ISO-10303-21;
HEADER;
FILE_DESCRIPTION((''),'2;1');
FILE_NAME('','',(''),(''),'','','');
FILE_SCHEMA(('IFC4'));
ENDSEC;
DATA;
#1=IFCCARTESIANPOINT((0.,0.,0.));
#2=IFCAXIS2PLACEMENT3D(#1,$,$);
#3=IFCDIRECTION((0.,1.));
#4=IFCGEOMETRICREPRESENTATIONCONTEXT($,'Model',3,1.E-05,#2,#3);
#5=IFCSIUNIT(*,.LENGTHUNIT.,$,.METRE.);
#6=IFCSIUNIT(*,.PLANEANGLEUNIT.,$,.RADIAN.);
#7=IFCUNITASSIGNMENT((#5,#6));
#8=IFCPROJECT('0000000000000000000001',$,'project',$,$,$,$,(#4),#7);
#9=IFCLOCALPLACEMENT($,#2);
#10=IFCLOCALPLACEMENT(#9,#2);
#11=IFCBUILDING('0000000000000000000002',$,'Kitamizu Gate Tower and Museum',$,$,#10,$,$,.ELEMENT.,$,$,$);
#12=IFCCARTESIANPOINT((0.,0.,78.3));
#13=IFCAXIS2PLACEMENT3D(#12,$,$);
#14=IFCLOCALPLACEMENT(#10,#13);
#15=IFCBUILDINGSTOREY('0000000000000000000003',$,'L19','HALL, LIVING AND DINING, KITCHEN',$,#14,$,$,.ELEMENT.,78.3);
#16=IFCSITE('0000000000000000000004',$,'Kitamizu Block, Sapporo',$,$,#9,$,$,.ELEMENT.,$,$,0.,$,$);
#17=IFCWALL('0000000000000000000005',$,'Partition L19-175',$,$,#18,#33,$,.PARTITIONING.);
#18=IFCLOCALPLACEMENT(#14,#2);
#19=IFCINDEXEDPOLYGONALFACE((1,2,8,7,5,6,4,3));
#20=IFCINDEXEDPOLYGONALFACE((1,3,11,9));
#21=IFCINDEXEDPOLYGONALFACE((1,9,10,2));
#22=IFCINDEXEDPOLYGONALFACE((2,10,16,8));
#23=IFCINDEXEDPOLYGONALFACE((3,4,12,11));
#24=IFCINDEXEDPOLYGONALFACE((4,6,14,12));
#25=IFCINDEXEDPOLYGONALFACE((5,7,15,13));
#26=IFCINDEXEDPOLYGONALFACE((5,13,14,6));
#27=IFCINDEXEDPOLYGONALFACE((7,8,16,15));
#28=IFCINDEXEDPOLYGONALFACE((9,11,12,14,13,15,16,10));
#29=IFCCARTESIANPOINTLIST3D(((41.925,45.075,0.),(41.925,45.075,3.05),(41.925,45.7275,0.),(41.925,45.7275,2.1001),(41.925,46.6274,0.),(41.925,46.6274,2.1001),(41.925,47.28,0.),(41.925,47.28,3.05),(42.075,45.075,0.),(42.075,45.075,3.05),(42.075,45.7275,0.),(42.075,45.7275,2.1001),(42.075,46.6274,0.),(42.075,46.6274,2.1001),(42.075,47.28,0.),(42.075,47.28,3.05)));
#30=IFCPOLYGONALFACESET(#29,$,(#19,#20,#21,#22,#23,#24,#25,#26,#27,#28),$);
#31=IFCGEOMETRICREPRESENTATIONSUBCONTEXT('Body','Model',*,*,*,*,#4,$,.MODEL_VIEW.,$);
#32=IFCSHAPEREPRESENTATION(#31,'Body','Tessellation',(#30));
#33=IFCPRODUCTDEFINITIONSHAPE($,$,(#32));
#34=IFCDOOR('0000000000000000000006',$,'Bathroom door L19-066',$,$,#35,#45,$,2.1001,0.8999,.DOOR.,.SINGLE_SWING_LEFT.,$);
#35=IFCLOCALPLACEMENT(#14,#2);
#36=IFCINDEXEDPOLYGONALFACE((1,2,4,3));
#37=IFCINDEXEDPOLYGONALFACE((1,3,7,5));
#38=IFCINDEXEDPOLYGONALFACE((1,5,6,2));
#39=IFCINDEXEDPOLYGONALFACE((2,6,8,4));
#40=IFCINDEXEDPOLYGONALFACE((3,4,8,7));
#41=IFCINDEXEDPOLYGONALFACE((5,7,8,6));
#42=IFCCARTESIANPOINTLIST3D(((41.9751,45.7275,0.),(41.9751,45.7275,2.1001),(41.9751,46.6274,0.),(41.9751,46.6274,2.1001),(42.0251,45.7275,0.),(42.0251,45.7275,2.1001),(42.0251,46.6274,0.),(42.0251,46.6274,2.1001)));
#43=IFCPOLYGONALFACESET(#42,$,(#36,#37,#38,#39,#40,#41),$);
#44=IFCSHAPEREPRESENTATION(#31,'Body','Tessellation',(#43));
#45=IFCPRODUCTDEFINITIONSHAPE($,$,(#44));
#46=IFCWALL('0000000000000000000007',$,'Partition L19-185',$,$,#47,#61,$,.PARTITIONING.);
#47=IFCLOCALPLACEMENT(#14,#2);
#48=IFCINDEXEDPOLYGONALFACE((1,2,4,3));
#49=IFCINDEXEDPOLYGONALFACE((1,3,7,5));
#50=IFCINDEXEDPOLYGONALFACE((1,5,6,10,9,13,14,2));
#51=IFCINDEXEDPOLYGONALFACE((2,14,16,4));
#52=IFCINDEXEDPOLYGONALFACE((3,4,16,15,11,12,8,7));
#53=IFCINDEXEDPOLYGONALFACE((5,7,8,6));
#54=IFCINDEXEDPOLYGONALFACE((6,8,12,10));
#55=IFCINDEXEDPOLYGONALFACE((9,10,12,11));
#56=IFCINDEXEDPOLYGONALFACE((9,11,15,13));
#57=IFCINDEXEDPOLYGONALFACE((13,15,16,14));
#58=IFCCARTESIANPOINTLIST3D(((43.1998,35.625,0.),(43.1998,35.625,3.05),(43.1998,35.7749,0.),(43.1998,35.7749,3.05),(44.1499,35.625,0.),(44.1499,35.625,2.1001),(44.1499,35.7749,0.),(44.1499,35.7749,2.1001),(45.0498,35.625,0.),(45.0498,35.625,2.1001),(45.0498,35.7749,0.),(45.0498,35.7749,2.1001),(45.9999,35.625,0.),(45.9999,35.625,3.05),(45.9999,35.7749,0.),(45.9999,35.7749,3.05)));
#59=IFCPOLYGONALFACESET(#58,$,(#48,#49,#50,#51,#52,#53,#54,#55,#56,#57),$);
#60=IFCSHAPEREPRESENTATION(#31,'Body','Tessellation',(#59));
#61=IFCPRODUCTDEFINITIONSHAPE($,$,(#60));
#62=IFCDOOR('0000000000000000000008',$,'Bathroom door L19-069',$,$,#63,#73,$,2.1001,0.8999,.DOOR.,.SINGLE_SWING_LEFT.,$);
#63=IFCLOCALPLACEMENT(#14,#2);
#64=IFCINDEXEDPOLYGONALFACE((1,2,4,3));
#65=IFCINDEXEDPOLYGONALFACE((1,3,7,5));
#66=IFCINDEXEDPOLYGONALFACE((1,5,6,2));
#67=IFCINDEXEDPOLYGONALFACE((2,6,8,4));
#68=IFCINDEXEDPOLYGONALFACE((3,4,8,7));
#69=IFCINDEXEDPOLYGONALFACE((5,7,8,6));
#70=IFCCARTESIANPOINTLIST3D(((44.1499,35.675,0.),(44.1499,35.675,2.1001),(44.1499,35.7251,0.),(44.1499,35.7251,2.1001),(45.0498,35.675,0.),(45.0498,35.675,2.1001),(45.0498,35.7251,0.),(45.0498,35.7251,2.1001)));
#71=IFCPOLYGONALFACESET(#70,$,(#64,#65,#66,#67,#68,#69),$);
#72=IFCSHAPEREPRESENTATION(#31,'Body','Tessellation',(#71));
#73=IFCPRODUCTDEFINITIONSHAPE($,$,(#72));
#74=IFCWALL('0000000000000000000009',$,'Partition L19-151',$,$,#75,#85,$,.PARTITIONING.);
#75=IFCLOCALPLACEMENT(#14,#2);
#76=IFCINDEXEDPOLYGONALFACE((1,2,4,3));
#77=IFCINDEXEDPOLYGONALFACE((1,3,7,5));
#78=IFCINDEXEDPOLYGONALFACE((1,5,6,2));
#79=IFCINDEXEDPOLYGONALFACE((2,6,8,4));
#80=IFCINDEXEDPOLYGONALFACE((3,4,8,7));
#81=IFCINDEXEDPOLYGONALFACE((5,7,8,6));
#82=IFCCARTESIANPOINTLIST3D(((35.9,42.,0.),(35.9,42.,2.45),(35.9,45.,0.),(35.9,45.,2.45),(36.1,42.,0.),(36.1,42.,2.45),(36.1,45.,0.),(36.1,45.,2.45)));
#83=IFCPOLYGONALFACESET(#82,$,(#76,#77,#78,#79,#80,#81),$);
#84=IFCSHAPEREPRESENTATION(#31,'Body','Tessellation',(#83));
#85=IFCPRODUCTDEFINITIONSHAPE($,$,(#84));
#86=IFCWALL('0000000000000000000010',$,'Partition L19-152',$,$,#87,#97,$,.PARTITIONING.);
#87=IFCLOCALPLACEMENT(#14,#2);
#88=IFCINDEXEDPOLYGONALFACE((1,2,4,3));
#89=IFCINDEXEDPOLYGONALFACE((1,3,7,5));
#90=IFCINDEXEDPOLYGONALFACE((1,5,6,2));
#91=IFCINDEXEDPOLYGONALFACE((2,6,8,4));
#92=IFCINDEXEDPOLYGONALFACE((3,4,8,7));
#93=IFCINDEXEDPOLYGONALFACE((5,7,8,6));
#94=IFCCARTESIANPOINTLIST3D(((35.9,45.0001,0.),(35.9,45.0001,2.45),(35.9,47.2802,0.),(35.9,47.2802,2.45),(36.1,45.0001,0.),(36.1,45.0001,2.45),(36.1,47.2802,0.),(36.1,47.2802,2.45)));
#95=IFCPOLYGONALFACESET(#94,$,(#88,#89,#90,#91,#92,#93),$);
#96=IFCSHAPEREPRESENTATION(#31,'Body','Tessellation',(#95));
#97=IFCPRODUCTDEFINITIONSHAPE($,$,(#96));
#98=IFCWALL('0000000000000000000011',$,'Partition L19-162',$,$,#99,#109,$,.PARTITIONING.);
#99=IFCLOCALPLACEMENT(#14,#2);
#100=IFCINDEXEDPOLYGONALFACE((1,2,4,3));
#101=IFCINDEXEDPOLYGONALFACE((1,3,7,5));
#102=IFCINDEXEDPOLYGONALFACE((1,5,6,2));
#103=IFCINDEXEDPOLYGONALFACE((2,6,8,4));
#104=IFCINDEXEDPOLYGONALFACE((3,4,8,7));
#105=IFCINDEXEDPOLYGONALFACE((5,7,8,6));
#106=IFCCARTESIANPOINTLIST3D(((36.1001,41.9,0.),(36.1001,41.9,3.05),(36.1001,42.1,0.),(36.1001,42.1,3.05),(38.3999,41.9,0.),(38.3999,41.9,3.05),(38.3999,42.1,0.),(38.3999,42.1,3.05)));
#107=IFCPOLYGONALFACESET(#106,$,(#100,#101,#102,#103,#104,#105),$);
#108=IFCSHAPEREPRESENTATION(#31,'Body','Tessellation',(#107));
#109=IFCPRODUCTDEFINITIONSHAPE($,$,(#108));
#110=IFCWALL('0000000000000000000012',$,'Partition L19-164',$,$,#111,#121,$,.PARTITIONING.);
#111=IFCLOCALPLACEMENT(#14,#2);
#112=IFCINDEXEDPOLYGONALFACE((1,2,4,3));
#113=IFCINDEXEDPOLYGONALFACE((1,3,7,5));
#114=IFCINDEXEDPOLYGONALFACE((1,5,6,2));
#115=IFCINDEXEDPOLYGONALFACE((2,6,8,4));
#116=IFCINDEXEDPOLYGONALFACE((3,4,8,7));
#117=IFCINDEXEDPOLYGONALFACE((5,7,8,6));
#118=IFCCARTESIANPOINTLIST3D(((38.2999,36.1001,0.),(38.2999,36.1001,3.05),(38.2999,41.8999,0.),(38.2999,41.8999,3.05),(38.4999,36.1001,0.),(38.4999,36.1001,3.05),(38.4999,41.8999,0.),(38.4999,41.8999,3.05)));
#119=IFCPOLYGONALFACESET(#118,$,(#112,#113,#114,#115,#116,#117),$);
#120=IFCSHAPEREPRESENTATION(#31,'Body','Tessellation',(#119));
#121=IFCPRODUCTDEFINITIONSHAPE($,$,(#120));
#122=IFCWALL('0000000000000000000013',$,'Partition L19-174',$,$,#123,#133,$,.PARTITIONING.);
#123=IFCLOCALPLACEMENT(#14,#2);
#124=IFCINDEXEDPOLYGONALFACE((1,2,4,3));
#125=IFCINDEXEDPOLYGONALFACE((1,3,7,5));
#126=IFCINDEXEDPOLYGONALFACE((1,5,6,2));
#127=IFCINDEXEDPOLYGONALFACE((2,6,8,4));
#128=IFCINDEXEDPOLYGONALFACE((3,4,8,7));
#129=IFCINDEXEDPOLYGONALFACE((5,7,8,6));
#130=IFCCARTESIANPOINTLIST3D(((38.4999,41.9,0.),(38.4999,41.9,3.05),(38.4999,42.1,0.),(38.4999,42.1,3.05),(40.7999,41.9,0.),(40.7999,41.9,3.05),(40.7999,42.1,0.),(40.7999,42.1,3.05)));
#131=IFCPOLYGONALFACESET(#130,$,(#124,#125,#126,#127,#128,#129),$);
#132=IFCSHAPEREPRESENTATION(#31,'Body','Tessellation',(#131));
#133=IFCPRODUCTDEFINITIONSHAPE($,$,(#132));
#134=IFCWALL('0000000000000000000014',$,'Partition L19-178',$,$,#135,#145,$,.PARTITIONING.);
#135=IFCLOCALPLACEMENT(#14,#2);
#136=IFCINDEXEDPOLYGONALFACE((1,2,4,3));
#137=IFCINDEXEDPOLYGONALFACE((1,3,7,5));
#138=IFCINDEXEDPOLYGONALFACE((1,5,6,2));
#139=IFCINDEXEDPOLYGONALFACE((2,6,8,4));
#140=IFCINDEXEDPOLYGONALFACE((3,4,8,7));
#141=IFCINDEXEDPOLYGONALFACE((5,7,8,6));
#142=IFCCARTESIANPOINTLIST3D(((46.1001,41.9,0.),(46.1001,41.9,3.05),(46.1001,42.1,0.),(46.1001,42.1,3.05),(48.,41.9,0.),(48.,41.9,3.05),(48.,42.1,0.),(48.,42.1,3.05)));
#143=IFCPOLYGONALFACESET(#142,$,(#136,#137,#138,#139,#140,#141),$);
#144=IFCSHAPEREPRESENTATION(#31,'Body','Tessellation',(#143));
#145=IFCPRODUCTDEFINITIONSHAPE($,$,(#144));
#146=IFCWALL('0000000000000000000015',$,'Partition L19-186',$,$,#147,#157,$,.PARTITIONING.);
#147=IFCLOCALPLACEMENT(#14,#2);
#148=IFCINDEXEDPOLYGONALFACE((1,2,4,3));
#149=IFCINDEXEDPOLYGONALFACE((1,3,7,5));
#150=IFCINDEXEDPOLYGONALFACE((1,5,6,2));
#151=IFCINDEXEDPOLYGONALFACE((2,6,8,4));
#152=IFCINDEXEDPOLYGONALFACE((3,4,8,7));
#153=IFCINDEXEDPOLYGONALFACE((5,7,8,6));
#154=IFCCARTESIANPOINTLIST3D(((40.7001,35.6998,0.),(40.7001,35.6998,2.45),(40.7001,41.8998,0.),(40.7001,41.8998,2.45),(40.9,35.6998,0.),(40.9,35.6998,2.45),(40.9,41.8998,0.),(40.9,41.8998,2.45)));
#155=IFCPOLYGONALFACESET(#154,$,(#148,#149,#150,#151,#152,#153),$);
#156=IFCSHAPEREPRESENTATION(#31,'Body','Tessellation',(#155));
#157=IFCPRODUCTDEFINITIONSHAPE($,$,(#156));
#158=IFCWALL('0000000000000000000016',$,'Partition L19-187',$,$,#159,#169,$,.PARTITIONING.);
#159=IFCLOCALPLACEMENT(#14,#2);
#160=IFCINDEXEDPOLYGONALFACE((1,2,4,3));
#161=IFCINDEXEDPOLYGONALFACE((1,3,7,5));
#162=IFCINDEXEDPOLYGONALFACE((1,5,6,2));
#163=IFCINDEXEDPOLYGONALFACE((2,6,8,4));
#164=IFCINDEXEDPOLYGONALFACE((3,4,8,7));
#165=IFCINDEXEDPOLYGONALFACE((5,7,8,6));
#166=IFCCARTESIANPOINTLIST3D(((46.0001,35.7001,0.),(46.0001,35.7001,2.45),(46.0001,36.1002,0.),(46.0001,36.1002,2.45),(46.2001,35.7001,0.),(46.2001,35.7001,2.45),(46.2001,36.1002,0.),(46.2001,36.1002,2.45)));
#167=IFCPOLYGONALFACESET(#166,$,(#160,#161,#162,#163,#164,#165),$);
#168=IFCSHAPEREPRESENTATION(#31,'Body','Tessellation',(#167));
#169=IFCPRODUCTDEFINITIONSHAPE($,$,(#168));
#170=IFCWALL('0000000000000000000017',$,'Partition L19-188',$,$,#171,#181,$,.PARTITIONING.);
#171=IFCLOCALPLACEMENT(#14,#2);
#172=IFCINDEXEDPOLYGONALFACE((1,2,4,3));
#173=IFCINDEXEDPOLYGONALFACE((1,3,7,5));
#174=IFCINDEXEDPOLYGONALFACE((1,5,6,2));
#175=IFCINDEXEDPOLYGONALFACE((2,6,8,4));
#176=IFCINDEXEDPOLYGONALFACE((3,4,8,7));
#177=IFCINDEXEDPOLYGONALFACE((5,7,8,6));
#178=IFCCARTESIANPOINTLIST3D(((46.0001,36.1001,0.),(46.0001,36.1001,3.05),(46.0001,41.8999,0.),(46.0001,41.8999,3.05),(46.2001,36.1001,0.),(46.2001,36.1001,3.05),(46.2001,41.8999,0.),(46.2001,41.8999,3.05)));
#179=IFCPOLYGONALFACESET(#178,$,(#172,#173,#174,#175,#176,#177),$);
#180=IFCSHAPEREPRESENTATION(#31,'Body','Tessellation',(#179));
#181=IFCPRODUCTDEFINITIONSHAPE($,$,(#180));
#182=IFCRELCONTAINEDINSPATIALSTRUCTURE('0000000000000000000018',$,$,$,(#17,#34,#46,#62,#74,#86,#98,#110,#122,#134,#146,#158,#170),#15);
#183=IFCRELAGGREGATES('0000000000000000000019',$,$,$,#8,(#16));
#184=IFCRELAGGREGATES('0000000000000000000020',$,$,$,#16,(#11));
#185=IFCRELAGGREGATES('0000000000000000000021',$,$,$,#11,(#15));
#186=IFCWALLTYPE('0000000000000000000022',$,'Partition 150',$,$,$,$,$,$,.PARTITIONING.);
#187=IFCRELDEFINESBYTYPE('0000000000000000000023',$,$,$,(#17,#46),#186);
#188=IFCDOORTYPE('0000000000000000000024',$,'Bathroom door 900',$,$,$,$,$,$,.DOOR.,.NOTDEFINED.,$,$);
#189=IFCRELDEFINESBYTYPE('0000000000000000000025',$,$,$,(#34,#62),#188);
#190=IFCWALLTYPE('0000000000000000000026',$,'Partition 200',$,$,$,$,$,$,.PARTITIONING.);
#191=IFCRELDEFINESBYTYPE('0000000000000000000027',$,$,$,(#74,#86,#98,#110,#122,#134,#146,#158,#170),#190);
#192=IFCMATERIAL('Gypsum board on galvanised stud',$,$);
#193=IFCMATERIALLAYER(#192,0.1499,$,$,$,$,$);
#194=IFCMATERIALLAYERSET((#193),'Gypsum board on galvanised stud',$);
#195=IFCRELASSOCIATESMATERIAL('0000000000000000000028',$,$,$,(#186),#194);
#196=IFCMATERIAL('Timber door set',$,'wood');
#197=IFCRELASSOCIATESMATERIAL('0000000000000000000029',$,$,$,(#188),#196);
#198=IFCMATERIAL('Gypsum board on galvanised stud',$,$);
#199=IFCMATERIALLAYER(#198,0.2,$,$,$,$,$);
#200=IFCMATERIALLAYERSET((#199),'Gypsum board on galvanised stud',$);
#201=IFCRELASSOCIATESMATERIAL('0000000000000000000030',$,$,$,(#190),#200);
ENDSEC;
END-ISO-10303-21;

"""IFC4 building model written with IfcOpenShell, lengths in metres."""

from ifc_helpers import new_model, si_unit, direction, frame, frame_2d, origin, place, context, subcontext, project, spatial, rectangle, extrude, material, layer, layer_set, type_object, element, fill, save


model = new_model("IFC4")

# Units and contexts
model_context = context("Model", 3, precision=1e-05, world=origin(), true_north=direction((0.0, 1.0)))
body_context = subcontext(model_context, "Body", "Model", "MODEL_VIEW")
ifc_project = project(units=[si_unit("LENGTHUNIT", "METRE"), si_unit("PLANEANGLEUNIT", "RADIAN")], contexts=[model_context])

# Site, building, storey
site_placement = place(None, origin())
site = spatial("IfcSite", under=ifc_project, at=site_placement, Name="Kitamizu Block, Sapporo", CompositionType="ELEMENT", RefElevation=0.0)
building_placement = place(site_placement, origin())
building = spatial("IfcBuilding", under=site, at=building_placement, Name="Kitamizu Gate Tower and Museum", CompositionType="ELEMENT")
storey_placement = place(building_placement, frame((0.0, 0.0, 78.3)))
storey = spatial("IfcBuildingStorey", under=building, at=storey_placement, Name="L19", Description="HALL, LIVING AND DINING, KITCHEN", CompositionType="ELEMENT", Elevation=78.3)

# Shared definitions
ifc_material_1 = material(Name="Gypsum board on galvanised stud")
ifc_layer_1 = layer(ifc_material_1, 0.1499)
ifc_layer_set_1 = layer_set([ifc_layer_1], Name="Gypsum board on galvanised stud")
wall_type_1 = type_object("IfcWallType", Name="Partition 150", PredefinedType="PARTITIONING", material=ifc_layer_set_1)

# Shared definitions
ifc_material_2 = material(Name="Timber door set", Category="wood")
door_type_1 = type_object("IfcDoorType", Name="Bathroom door 900", OperationType="NOTDEFINED", PredefinedType="DOOR", material=ifc_material_2)

# Walls, openings, doors
wall_1_placement = place(storey_placement, frame((42.0, 45.075, 0.0), z_axis=(0.0, 0.0, 1.0), x_axis=(0.0, 1.0, 0.0)))
wall_1 = element("IfcWall", 1, at=wall_1_placement, inside=storey, type_object=wall_type_1, Name="Partition L19-175", PredefinedType="PARTITIONING", context=body_context, shape_type="SweptSolid", body=[
    extrude(rectangle(XDim=2.2051, YDim=0.1499, at=frame_2d((1.1025, 0.0))), origin(), (0.0, 0.0, 1.0), 3.05),
])
opening_1_placement = place(wall_1_placement, frame((0.6526, 0.0, 0.0)))
opening_1 = element("IfcOpeningElement", 2, at=opening_1_placement, cuts=wall_1, PredefinedType="OPENING", context=body_context, shape_type="SweptSolid", body=[
    extrude(rectangle(XDim=0.8999, YDim=2.1001, at=frame_2d((0.45, 1.05))), frame((0.0, 0.085, 0.0), z_axis=(0.0, -1.0, 0.0), x_axis=(1.0, 0.0, 0.0)), (0.0, 0.0, 1.0), 0.1699),
])
door_1_placement = place(opening_1_placement, origin())
door_1 = element("IfcDoor", 3, at=door_1_placement, inside=storey, type_object=door_type_1, Name="Bathroom door L19-066", OperationType="SINGLE_SWING_LEFT", OverallHeight=2.1001, OverallWidth=0.8999, PredefinedType="DOOR", context=body_context, shape_type="SweptSolid", body=[
    extrude(rectangle(XDim=0.8999, YDim=2.1001, at=frame_2d((0.45, 1.05))), frame((0.0, 0.0249, 0.0), z_axis=(0.0, -1.0, 0.0), x_axis=(1.0, 0.0, 0.0)), (0.0, 0.0, 1.0), 0.05),
])
fill(opening_1, door_1)
wall_2_placement = place(storey_placement, frame((43.2, 35.7, 0.0), z_axis=(0.0, 0.0, 1.0), x_axis=(1.0, 0.0, 0.0)))
wall_2 = element("IfcWall", 4, at=wall_2_placement, inside=storey, type_object=wall_type_1, Name="Partition L19-185", PredefinedType="PARTITIONING", context=body_context, shape_type="SweptSolid", body=[
    extrude(rectangle(XDim=2.8, YDim=0.1499, at=frame_2d((1.3999, 0.0))), origin(), (0.0, 0.0, 1.0), 3.05),
])
opening_2_placement = place(wall_2_placement, frame((0.95, 0.0, 0.0)))
opening_2 = element("IfcOpeningElement", 5, at=opening_2_placement, cuts=wall_2, PredefinedType="OPENING", context=body_context, shape_type="SweptSolid", body=[
    extrude(rectangle(XDim=0.8999, YDim=2.1001, at=frame_2d((0.45, 1.05))), frame((0.0, 0.085, 0.0), z_axis=(0.0, -1.0, 0.0), x_axis=(1.0, 0.0, 0.0)), (0.0, 0.0, 1.0), 0.1699),
])
door_2_placement = place(opening_2_placement, frame((0.8999, 0.0, 0.0), x_axis=(-1.0, 0.0, 0.0)))
door_2 = element("IfcDoor", 6, at=door_2_placement, inside=storey, type_object=door_type_1, Name="Bathroom door L19-069", OperationType="SINGLE_SWING_LEFT", OverallHeight=2.1001, OverallWidth=0.8999, PredefinedType="DOOR", context=body_context, shape_type="SweptSolid", body=[
    extrude(rectangle(XDim=0.8999, YDim=2.1001, at=frame_2d((0.45, 1.05))), frame((0.0, 0.0249, 0.0), z_axis=(0.0, -1.0, 0.0), x_axis=(1.0, 0.0, 0.0)), (0.0, 0.0, 1.0), 0.05),
])
fill(opening_2, door_2)

# Walls
ifc_material_3 = material(Name="Gypsum board on galvanised stud")
ifc_layer_2 = layer(ifc_material_3, 0.2)
ifc_layer_set_2 = layer_set([ifc_layer_2], Name="Gypsum board on galvanised stud")
wall_type_2 = type_object("IfcWallType", Name="Partition 200", PredefinedType="PARTITIONING", material=ifc_layer_set_2)
wall_3_placement = place(storey_placement, frame((36.0, 42.0, 0.0), z_axis=(0.0, 0.0, 1.0), x_axis=(0.0, 1.0, 0.0)))
element("IfcWall", 7, at=wall_3_placement, inside=storey, type_object=wall_type_2, Name="Partition L19-151", PredefinedType="PARTITIONING", context=body_context, shape_type="SweptSolid", body=[
    extrude(rectangle(XDim=3.0, YDim=0.2, at=frame_2d((1.5, 0.0))), origin(), (0.0, 0.0, 1.0), 2.45),
])
wall_4_placement = place(storey_placement, frame((36.0, 45.0, 0.0), z_axis=(0.0, 0.0, 1.0), x_axis=(0.0, 1.0, 0.0)))
element("IfcWall", 8, at=wall_4_placement, inside=storey, type_object=wall_type_2, Name="Partition L19-152", PredefinedType="PARTITIONING", context=body_context, shape_type="SweptSolid", body=[
    extrude(rectangle(XDim=2.28, YDim=0.2, at=frame_2d((1.1401, 0.0))), origin(), (0.0, 0.0, 1.0), 2.45),
])
wall_5_placement = place(storey_placement, frame((38.3999, 42.0, 0.0), z_axis=(0.0, 0.0, 1.0), x_axis=(-1.0, 0.0, 0.0)))
element("IfcWall", 9, at=wall_5_placement, inside=storey, type_object=wall_type_2, Name="Partition L19-162", PredefinedType="PARTITIONING", context=body_context, shape_type="SweptSolid", body=[
    extrude(rectangle(XDim=2.2998, YDim=0.2, at=frame_2d((1.1499, 0.0))), origin(), (0.0, 0.0, 1.0), 3.05),
])
wall_6_placement = place(storey_placement, frame((38.3999, 36.1001, 0.0), z_axis=(0.0, 0.0, 1.0), x_axis=(0.0, 1.0, 0.0)))
element("IfcWall", 10, at=wall_6_placement, inside=storey, type_object=wall_type_2, Name="Partition L19-164", PredefinedType="PARTITIONING", context=body_context, shape_type="SweptSolid", body=[
    extrude(rectangle(XDim=5.7998, YDim=0.2, at=frame_2d((2.8999, 0.0))), origin(), (0.0, 0.0, 1.0), 3.05),
])
wall_7_placement = place(storey_placement, frame((38.5, 42.0, 0.0), z_axis=(0.0, 0.0, 1.0), x_axis=(1.0, 0.0, 0.0)))
element("IfcWall", 11, at=wall_7_placement, inside=storey, type_object=wall_type_2, Name="Partition L19-174", PredefinedType="PARTITIONING", context=body_context, shape_type="SweptSolid", body=[
    extrude(rectangle(XDim=2.3, YDim=0.2, at=frame_2d((1.1499, 0.0))), origin(), (0.0, 0.0, 1.0), 3.05),
])
wall_8_placement = place(storey_placement, frame((46.1001, 42.0, 0.0), z_axis=(0.0, 0.0, 1.0), x_axis=(1.0, 0.0, 0.0)))
element("IfcWall", 12, at=wall_8_placement, inside=storey, type_object=wall_type_2, Name="Partition L19-178", PredefinedType="PARTITIONING", context=body_context, shape_type="SweptSolid", body=[
    extrude(rectangle(XDim=1.8999, YDim=0.2, at=frame_2d((0.95, 0.0))), origin(), (0.0, 0.0, 1.0), 3.05),
])
wall_9_placement = place(storey_placement, frame((40.8, 41.8999, 0.0), z_axis=(0.0, 0.0, 1.0), x_axis=(0.0, -1.0, 0.0)))
element("IfcWall", 13, at=wall_9_placement, inside=storey, type_object=wall_type_2, Name="Partition L19-186", PredefinedType="PARTITIONING", context=body_context, shape_type="SweptSolid", body=[
    extrude(rectangle(XDim=6.2, YDim=0.2, at=frame_2d((3.1001, 0.0))), origin(), (0.0, 0.0, 1.0), 2.45),
])
wall_10_placement = place(storey_placement, frame((46.1001, 35.7, 0.0), z_axis=(0.0, 0.0, 1.0), x_axis=(0.0, 1.0, 0.0)))
element("IfcWall", 14, at=wall_10_placement, inside=storey, type_object=wall_type_2, Name="Partition L19-187", PredefinedType="PARTITIONING", context=body_context, shape_type="SweptSolid", body=[
    extrude(rectangle(XDim=0.4001, YDim=0.2, at=frame_2d((0.2002, 0.0))), origin(), (0.0, 0.0, 1.0), 2.45),
])
wall_11_placement = place(storey_placement, frame((46.1001, 36.1001, 0.0), z_axis=(0.0, 0.0, 1.0), x_axis=(0.0, 1.0, 0.0)))
element("IfcWall", 15, at=wall_11_placement, inside=storey, type_object=wall_type_2, Name="Partition L19-188", PredefinedType="PARTITIONING", context=body_context, shape_type="SweptSolid", body=[
    extrude(rectangle(XDim=5.7998, YDim=0.2, at=frame_2d((2.8999, 0.0))), origin(), (0.0, 0.0, 1.0), 3.05),
])

save(model, "model.ifc")
